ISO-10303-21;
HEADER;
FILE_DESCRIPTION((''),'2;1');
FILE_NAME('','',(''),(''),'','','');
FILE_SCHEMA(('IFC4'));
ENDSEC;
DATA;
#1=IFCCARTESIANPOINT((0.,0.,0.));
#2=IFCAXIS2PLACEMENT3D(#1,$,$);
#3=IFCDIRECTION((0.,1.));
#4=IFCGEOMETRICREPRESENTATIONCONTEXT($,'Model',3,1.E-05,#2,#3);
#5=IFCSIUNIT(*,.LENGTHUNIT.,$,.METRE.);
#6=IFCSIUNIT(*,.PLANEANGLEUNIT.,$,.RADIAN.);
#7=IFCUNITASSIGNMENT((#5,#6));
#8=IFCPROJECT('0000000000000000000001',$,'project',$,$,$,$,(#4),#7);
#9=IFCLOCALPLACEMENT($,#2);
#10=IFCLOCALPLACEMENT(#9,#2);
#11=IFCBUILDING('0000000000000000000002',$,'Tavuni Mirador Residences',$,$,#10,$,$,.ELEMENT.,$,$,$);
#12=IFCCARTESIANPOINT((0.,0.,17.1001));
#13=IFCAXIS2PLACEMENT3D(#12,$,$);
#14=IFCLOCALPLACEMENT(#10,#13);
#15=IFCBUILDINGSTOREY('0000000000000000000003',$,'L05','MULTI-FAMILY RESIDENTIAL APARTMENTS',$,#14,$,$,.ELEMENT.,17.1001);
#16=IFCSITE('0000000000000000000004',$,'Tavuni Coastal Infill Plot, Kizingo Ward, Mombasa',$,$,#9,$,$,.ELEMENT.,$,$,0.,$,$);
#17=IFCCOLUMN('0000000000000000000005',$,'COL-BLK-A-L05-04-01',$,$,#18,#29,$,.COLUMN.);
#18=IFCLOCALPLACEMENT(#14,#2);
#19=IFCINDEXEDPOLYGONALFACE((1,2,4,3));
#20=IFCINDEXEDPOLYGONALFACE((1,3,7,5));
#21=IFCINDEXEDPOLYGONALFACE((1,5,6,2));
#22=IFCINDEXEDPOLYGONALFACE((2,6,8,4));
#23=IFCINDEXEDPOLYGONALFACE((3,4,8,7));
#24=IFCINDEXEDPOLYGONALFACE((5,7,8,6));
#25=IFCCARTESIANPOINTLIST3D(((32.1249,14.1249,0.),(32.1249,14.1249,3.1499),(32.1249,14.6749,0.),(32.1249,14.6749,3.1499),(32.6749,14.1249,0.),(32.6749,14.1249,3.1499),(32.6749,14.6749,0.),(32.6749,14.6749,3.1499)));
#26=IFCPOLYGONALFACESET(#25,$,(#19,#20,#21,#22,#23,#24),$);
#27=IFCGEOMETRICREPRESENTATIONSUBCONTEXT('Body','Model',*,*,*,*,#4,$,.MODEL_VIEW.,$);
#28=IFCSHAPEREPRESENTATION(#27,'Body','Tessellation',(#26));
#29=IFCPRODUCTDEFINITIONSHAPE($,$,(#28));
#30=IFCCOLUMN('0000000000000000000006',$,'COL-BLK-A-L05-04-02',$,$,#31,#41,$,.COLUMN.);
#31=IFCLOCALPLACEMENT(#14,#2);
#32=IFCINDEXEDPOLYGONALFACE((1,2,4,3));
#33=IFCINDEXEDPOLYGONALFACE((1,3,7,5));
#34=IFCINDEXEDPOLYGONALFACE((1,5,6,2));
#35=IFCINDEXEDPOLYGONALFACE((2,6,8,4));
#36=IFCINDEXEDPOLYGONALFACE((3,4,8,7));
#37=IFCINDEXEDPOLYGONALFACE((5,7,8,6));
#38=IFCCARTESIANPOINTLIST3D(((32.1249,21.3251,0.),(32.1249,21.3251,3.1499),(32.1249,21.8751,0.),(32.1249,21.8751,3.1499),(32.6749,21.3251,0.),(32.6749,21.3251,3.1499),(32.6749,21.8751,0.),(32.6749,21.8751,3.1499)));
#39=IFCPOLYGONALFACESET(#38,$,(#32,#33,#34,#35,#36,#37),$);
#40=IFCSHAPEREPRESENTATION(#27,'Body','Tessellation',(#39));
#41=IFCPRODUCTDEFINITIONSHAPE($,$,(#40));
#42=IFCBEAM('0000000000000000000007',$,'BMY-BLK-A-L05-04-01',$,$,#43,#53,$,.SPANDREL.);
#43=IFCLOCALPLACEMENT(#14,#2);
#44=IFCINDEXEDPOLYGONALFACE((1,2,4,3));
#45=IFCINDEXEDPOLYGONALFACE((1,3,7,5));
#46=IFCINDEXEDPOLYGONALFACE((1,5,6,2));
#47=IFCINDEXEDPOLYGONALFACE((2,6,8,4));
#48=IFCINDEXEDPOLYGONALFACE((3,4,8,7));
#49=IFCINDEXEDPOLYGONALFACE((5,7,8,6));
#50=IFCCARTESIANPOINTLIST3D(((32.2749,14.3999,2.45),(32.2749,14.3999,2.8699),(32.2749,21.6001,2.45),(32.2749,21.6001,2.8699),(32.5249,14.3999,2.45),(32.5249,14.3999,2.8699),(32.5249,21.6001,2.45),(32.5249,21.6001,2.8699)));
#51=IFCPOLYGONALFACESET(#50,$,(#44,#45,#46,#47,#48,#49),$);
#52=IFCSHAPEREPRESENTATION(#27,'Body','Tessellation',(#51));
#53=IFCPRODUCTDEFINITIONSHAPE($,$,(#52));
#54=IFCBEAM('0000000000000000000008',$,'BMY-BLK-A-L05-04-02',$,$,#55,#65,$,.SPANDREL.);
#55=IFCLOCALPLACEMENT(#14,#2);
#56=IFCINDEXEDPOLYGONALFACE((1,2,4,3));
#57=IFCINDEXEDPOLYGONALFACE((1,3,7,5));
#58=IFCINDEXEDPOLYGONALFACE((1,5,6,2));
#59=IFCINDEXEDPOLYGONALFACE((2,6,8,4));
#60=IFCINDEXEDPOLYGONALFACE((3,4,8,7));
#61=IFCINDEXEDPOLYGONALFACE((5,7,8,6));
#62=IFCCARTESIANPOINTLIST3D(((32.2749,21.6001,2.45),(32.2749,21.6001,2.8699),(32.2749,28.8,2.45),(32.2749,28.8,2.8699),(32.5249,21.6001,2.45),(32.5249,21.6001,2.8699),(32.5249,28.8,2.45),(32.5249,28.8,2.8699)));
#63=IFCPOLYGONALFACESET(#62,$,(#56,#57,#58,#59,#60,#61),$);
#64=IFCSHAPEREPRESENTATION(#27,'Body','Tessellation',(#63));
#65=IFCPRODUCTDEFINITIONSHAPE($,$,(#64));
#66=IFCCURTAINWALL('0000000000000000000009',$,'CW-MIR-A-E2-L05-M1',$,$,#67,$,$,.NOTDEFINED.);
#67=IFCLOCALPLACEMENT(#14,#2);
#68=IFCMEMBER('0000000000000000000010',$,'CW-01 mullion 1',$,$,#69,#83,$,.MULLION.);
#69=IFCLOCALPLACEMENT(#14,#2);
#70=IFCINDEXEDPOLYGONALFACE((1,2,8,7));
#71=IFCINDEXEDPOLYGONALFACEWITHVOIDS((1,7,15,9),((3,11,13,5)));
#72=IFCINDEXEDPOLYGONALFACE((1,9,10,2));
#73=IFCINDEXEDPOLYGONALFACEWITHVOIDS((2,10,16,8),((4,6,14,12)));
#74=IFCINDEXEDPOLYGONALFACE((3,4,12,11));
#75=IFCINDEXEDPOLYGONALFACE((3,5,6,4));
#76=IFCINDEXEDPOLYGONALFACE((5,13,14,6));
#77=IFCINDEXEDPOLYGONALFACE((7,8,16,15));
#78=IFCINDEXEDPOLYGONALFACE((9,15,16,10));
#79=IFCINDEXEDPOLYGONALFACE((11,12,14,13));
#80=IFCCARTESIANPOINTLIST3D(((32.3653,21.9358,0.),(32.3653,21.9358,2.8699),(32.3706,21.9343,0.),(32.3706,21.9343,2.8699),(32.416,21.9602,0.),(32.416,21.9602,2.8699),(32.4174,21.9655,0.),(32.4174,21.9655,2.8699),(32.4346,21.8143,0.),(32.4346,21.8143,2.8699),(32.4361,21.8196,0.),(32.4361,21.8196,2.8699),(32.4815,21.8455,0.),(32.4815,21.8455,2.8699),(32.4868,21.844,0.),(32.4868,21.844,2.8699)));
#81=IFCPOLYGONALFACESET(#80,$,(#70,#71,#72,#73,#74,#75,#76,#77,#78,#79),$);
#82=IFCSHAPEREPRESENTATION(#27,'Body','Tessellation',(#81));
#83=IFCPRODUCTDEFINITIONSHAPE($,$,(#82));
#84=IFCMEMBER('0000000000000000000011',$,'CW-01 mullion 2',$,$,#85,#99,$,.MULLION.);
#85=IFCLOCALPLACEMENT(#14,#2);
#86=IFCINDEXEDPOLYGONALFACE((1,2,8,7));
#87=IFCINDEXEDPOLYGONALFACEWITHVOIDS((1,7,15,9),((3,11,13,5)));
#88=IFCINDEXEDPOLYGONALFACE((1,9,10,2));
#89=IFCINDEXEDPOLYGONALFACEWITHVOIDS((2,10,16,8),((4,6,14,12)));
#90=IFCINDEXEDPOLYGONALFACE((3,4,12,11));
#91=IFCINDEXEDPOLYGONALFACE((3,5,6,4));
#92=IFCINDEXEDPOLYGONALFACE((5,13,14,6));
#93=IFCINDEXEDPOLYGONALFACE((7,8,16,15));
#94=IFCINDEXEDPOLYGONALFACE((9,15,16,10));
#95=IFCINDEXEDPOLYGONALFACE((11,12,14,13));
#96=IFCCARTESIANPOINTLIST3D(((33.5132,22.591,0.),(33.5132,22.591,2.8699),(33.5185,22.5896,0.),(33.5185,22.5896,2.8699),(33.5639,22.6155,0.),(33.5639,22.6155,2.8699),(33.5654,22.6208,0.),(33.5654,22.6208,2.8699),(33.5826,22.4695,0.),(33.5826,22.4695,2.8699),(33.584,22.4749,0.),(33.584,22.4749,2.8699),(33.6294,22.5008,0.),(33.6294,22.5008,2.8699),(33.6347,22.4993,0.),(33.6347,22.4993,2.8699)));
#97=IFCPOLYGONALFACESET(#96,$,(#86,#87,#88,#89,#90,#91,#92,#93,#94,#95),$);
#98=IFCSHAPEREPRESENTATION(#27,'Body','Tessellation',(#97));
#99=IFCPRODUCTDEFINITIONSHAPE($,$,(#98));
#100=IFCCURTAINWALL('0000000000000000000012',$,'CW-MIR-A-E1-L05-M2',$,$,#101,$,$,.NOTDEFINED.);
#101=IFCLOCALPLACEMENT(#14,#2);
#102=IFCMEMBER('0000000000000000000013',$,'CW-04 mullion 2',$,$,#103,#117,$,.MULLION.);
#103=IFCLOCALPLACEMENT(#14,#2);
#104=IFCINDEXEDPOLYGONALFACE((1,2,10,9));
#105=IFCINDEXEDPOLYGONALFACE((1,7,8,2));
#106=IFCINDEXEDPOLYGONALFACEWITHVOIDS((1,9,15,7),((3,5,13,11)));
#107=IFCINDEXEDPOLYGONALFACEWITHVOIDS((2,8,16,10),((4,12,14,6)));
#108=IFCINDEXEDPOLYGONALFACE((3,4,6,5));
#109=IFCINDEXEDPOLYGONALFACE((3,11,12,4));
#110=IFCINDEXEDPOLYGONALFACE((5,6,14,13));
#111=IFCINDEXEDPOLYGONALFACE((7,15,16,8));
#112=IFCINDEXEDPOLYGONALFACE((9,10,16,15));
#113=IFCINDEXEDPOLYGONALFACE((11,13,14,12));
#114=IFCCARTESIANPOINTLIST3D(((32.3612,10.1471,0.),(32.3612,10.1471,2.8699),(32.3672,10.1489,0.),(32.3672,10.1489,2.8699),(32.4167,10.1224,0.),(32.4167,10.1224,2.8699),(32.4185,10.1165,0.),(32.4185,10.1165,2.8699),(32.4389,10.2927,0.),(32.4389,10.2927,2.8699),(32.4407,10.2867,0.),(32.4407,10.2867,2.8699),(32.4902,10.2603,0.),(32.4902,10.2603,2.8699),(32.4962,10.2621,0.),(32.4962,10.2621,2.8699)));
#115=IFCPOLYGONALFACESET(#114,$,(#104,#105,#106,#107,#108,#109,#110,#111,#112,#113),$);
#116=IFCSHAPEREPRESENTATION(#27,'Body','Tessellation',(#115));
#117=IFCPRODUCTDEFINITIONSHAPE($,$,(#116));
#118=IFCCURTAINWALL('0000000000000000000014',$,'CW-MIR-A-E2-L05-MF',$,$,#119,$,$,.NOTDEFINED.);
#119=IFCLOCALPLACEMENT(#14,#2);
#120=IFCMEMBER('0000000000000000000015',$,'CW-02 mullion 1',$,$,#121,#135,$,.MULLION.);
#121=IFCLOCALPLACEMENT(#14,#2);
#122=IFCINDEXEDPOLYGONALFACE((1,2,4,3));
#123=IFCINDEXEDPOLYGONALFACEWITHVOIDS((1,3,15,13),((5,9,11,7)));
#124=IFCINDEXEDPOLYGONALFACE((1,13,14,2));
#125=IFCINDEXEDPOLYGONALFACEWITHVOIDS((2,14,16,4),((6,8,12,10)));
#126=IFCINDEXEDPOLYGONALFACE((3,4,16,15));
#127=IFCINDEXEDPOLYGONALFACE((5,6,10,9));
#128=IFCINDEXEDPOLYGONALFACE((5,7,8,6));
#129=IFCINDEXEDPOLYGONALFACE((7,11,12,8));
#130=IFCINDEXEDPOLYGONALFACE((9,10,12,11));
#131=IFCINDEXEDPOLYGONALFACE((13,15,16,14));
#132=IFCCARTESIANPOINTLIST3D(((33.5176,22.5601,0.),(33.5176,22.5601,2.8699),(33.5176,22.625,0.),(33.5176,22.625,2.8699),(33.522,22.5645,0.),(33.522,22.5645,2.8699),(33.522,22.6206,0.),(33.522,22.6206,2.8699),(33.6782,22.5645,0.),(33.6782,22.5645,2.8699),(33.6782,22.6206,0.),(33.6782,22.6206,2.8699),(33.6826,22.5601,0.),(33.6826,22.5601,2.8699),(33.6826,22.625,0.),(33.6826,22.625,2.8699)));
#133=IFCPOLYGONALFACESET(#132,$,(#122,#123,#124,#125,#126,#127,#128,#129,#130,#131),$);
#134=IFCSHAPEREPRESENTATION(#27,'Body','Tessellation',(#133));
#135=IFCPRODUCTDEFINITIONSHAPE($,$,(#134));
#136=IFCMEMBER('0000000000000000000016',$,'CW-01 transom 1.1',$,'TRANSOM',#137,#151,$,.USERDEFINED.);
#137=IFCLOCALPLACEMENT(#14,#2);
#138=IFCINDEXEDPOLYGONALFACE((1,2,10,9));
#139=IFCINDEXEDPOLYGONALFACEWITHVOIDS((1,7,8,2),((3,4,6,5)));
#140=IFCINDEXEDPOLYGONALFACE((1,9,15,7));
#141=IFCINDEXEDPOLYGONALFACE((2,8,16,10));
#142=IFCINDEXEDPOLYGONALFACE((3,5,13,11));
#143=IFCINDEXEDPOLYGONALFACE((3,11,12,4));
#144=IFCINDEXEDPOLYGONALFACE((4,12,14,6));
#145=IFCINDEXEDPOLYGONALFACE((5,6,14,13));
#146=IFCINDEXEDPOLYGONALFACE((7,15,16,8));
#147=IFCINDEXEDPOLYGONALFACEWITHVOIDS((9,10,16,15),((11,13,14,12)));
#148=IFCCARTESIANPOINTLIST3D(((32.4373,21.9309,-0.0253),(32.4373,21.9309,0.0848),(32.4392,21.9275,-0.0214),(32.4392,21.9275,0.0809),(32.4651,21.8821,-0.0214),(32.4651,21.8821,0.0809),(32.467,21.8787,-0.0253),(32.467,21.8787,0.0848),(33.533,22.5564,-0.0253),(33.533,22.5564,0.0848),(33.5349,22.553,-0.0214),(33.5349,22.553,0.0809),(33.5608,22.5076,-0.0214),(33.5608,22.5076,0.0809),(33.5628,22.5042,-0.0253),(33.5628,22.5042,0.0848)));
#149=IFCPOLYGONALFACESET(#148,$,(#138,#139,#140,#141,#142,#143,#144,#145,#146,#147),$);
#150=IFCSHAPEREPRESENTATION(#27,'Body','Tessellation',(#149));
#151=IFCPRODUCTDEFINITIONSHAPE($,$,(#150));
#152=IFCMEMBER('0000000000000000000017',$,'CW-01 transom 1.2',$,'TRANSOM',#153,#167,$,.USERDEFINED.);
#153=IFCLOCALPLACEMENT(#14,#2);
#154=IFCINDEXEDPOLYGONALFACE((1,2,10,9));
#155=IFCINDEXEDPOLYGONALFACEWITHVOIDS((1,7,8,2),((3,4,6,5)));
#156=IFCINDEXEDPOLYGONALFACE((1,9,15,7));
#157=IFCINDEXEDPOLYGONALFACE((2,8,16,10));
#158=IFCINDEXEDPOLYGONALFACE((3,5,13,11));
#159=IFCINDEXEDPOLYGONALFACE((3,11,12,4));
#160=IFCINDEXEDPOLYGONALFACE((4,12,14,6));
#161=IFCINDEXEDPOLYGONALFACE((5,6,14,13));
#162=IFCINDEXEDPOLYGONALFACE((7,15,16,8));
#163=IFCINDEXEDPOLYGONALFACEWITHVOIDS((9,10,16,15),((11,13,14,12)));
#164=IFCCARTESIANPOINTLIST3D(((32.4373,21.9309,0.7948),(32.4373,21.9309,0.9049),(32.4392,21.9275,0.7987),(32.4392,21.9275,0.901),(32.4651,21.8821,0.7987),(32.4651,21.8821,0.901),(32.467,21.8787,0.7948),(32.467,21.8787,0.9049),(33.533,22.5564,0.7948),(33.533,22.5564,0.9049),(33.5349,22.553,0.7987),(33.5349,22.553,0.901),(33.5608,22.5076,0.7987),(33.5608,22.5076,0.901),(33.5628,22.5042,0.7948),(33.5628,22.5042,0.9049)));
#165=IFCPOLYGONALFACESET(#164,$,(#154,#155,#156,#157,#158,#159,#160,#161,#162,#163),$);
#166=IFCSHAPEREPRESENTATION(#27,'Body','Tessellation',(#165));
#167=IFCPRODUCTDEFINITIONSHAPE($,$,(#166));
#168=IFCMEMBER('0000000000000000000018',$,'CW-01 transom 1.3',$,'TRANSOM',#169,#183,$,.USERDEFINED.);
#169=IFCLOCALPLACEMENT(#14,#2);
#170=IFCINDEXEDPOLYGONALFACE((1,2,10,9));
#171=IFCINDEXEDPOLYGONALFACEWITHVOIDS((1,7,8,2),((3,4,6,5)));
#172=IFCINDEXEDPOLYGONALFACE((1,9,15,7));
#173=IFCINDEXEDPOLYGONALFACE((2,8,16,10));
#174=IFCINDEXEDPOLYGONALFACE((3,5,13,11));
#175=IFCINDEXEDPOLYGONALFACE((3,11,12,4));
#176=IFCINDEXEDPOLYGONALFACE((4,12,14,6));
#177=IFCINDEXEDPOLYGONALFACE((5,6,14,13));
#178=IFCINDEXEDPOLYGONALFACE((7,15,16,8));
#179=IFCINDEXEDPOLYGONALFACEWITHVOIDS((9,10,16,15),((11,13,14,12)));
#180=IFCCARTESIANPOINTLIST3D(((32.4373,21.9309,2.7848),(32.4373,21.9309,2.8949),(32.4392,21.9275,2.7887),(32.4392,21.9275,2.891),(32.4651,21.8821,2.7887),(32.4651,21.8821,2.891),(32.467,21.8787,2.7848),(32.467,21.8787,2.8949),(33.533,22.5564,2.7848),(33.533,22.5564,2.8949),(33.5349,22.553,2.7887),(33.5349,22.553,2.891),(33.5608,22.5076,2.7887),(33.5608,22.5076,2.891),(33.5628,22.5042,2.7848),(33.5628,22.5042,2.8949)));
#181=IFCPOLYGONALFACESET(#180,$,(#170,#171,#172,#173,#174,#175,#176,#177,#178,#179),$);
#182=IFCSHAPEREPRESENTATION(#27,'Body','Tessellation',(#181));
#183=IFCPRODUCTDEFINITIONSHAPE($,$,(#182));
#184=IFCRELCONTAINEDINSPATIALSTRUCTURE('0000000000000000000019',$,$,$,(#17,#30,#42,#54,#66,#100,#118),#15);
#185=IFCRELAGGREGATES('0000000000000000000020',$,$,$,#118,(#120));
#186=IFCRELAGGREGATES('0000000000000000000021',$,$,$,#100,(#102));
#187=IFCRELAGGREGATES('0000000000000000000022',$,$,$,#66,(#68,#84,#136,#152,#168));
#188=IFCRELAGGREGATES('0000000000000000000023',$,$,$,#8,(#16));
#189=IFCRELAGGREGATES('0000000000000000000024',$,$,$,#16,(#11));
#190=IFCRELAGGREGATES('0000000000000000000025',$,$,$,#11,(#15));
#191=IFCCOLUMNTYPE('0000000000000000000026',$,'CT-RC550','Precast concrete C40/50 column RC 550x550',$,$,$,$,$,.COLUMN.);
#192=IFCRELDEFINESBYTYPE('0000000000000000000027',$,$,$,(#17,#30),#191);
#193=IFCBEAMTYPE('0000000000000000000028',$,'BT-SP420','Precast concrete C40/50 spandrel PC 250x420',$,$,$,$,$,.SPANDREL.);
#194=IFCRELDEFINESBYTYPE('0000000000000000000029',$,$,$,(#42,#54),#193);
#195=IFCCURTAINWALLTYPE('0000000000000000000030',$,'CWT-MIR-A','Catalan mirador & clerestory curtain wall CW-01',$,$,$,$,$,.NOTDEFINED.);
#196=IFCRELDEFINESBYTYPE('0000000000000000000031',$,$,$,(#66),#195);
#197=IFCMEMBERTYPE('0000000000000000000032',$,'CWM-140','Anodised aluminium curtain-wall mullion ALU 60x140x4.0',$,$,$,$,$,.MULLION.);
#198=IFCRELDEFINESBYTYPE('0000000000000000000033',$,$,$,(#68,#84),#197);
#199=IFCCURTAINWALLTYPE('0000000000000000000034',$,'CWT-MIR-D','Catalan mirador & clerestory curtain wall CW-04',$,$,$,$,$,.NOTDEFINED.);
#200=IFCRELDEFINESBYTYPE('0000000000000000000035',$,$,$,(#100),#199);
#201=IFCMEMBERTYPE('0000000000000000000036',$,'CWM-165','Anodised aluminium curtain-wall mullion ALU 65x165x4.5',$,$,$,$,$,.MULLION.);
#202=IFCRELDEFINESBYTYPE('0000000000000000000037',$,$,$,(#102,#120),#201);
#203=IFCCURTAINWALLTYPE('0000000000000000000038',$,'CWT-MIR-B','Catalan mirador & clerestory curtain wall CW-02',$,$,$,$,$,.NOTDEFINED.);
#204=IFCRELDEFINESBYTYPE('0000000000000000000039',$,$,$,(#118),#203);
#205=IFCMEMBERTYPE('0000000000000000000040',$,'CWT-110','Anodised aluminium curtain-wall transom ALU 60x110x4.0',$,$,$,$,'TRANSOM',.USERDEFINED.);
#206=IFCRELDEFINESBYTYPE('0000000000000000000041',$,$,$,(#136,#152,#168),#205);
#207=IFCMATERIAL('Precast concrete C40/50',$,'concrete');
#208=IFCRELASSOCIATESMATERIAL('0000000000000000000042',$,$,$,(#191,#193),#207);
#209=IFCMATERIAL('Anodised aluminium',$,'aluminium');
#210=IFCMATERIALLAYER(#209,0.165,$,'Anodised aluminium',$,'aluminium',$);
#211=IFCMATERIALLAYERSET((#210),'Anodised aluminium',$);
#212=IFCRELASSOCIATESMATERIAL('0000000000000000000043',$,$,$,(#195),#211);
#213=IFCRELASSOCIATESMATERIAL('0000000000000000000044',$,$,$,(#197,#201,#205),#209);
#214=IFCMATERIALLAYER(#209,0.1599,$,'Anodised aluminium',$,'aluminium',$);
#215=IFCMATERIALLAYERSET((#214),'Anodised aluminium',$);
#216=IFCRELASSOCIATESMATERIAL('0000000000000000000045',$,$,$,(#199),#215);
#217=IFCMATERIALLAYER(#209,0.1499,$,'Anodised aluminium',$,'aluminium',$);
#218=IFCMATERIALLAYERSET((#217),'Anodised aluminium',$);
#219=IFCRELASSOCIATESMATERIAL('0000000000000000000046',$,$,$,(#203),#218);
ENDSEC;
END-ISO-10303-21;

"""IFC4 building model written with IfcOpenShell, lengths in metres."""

from ifc_helpers import new_model, si_unit, direction, frame, origin, origin_2d, place, context, subcontext, project, spatial, rectangle, hollow_rectangle, extrude, material, layer, layer_set, material_profile, profile_set, type_object, element, aggregate, save


model = new_model("IFC4")

# Units and contexts
model_context = context("Model", 3, precision=1e-05, world=origin(), true_north=direction((0.0, 1.0)))
body_context = subcontext(model_context, "Body", "Model", "MODEL_VIEW")
ifc_project = project(units=[si_unit("LENGTHUNIT", "METRE"), si_unit("PLANEANGLEUNIT", "RADIAN")], contexts=[model_context])

# Site, building, storey
site_placement = place(None, origin())
site = spatial("IfcSite", under=ifc_project, at=site_placement, Name="Tavuni Coastal Infill Plot, Kizingo Ward, Mombasa", CompositionType="ELEMENT", RefElevation=0.0)
building_placement = place(site_placement, origin())
building = spatial("IfcBuilding", under=site, at=building_placement, Name="Tavuni Mirador Residences", CompositionType="ELEMENT")
storey_placement = place(building_placement, frame((0.0, 0.0, 17.1001)))
storey = spatial("IfcBuildingStorey", under=building, at=storey_placement, Name="L05", Description="MULTI-FAMILY RESIDENTIAL APARTMENTS", CompositionType="ELEMENT", Elevation=17.1001)

# Columns
ifc_material_1 = material(Name="Precast concrete C40/50", Category="concrete")
ifc_material_profile_1 = material_profile(ifc_material_1, rectangle(XDim=0.55, YDim=0.55, at=origin_2d()), Name="RC 550x550", Category="concrete")
ifc_profile_set_1 = profile_set([ifc_material_profile_1], Name="Precast concrete C40/50")
column_type = type_object("IfcColumnType", Name="CT-RC550", Description="Precast concrete C40/50 column RC 550x550", PredefinedType="COLUMN", material=ifc_profile_set_1)
for number, where, z_axis, x_axis, name in (
    (1, (32.3999, 14.3999, 0.0), (0.0, 0.0, 1.0), (1.0, 0.0, 0.0), "COL-BLK-A-L05-04-01"),
    (2, (32.3999, 21.6001, 0.0), (0.0, 0.0, 1.0), (1.0, 0.0, 0.0), "COL-BLK-A-L05-04-02"),
):
    element("IfcColumn", number, at=place(storey_placement, frame(where, z_axis=z_axis, x_axis=x_axis)), inside=storey, type_object=column_type, Name=name, PredefinedType="COLUMN", context=body_context, shape_type="SweptSolid", body=[
        extrude(rectangle(XDim=0.55, YDim=0.55, at=origin_2d()), origin(), (0.0, 0.0, 1.0), 3.1499),
    ])

# Beams
ifc_material_profile_2 = material_profile(ifc_material_1, rectangle(XDim=0.25, YDim=0.4199, at=origin_2d()), Name="PC 250x420", Category="concrete")
ifc_profile_set_2 = profile_set([ifc_material_profile_2], Name="Precast concrete C40/50")
beam_type = type_object("IfcBeamType", Name="BT-SP420", Description="Precast concrete C40/50 spandrel PC 250x420", PredefinedType="SPANDREL", material=ifc_profile_set_2)
beam_1_placement = place(storey_placement, frame((32.3999, 14.3999, 2.6599), z_axis=(0.0, 1.0, 0.0), x_axis=(-1.0, 0.0, 0.0)))
element("IfcBeam", 3, at=beam_1_placement, inside=storey, type_object=beam_type, Name="BMY-BLK-A-L05-04-01", PredefinedType="SPANDREL", context=body_context, shape_type="SweptSolid", body=[
    extrude(rectangle(XDim=0.25, YDim=0.4199, at=origin_2d()), origin(), (0.0, 0.0, 1.0), 7.2002),
])
beam_2_placement = place(storey_placement, frame((32.3999, 21.6001, 2.6599), z_axis=(0.0, 1.0, 0.0), x_axis=(-1.0, 0.0, 0.0)))
element("IfcBeam", 4, at=beam_2_placement, inside=storey, type_object=beam_type, Name="BMY-BLK-A-L05-04-02", PredefinedType="SPANDREL", context=body_context, shape_type="SweptSolid", body=[
    extrude(rectangle(XDim=0.25, YDim=0.4199, at=origin_2d()), origin(), (0.0, 0.0, 1.0), 7.2),
])

# Curtain wall, members
ifc_material_2 = material(Name="Anodised aluminium", Category="aluminium")
ifc_layer_1 = layer(ifc_material_2, 0.165, Name="Anodised aluminium", Category="aluminium")
ifc_layer_set_1 = layer_set([ifc_layer_1], Name="Anodised aluminium")
curtain_wall_type_1 = type_object("IfcCurtainWallType", Name="CWT-MIR-A", Description="Catalan mirador & clerestory curtain wall CW-01", PredefinedType="NOTDEFINED", material=ifc_layer_set_1)
curtain_wall_1_placement = place(storey_placement, origin())
curtain_wall_1 = element("IfcCurtainWall", 5, at=curtain_wall_1_placement, inside=storey, type_object=curtain_wall_type_1, Name="CW-MIR-A-E2-L05-M1", PredefinedType="NOTDEFINED")
ifc_material_profile_3 = material_profile(ifc_material_2, hollow_rectangle(XDim=0.0601, YDim=0.1399, WallThickness=0.0039, at=origin_2d()), Name="ALU 60x140x4.0", Category="aluminium")
ifc_profile_set_3 = profile_set([ifc_material_profile_3], Name="Anodised aluminium")
member_type_1 = type_object("IfcMemberType", Name="CWM-140", Description="Anodised aluminium curtain-wall mullion ALU 60x140x4.0", PredefinedType="MULLION", material=ifc_profile_set_3)
member_1_placement = place(storey_placement, frame((32.426, 21.8899, 0.0), z_axis=(0.0, 0.0, 1.0), x_axis=(0.868466, 0.495749, 0.0)))
member_1 = element("IfcMember", 6, at=member_1_placement, type_object=member_type_1, Name="CW-01 mullion 1", PredefinedType="MULLION", context=body_context, shape_type="SweptSolid", body=[
    extrude(hollow_rectangle(XDim=0.0601, YDim=0.1399, WallThickness=0.0039, at=origin_2d()), origin(), (0.0, 0.0, 1.0), 2.8699),
])
member_2_placement = place(storey_placement, frame((33.574, 22.5452, 0.0), z_axis=(0.0, 0.0, 1.0), x_axis=(0.868466, 0.495749, 0.0)))
member_2 = element("IfcMember", 7, at=member_2_placement, type_object=member_type_1, Name="CW-01 mullion 2", PredefinedType="MULLION", context=body_context, shape_type="SweptSolid", body=[
    extrude(hollow_rectangle(XDim=0.0601, YDim=0.1399, WallThickness=0.0039, at=origin_2d()), origin(), (0.0, 0.0, 1.0), 2.8699),
])

# Curtain walls, members
ifc_layer_2 = layer(ifc_material_2, 0.1599, Name="Anodised aluminium", Category="aluminium")
ifc_layer_set_2 = layer_set([ifc_layer_2], Name="Anodised aluminium")
curtain_wall_type_2 = type_object("IfcCurtainWallType", Name="CWT-MIR-D", Description="Catalan mirador & clerestory curtain wall CW-04", PredefinedType="NOTDEFINED", material=ifc_layer_set_2)
curtain_wall_2_placement = place(storey_placement, origin())
curtain_wall_2 = element("IfcCurtainWall", 8, at=curtain_wall_2_placement, inside=storey, type_object=curtain_wall_type_2, Name="CW-MIR-A-E1-L05-M2", PredefinedType="NOTDEFINED")
ifc_material_profile_4 = material_profile(ifc_material_2, hollow_rectangle(XDim=0.0649, YDim=0.165, WallThickness=0.0044, at=origin_2d()), Name="ALU 65x165x4.5", Category="aluminium")
ifc_profile_set_4 = profile_set([ifc_material_profile_4], Name="Anodised aluminium")
member_type_2 = type_object("IfcMemberType", Name="CWM-165", Description="Anodised aluminium curtain-wall mullion ALU 65x165x4.5", PredefinedType="MULLION", material=ifc_profile_set_4)
member_3_placement = place(storey_placement, frame((32.4287, 10.2046, 0.0), z_axis=(0.0, 0.0, 1.0), x_axis=(-0.882353, 0.470588, 0.0)))
member_3 = element("IfcMember", 9, at=member_3_placement, type_object=member_type_2, Name="CW-04 mullion 2", PredefinedType="MULLION", context=body_context, shape_type="SweptSolid", body=[
    extrude(hollow_rectangle(XDim=0.0649, YDim=0.165, WallThickness=0.0044, at=origin_2d()), origin(), (0.0, 0.0, 1.0), 2.8699),
])
ifc_layer_3 = layer(ifc_material_2, 0.1499, Name="Anodised aluminium", Category="aluminium")
ifc_layer_set_3 = layer_set([ifc_layer_3], Name="Anodised aluminium")
curtain_wall_type_3 = type_object("IfcCurtainWallType", Name="CWT-MIR-B", Description="Catalan mirador & clerestory curtain wall CW-02", PredefinedType="NOTDEFINED", material=ifc_layer_set_3)
curtain_wall_3_placement = place(storey_placement, origin())
curtain_wall_3 = element("IfcCurtainWall", 10, at=curtain_wall_3_placement, inside=storey, type_object=curtain_wall_type_3, Name="CW-MIR-A-E2-L05-MF", PredefinedType="NOTDEFINED")
member_4_placement = place(storey_placement, frame((33.6001, 22.5925, 0.0), z_axis=(0.0, 0.0, 1.0), x_axis=(0.0, 1.0, 0.0)))
member_4 = element("IfcMember", 11, at=member_4_placement, type_object=member_type_2, Name="CW-02 mullion 1", PredefinedType="MULLION", context=body_context, shape_type="SweptSolid", body=[
    extrude(hollow_rectangle(XDim=0.0649, YDim=0.165, WallThickness=0.0044, at=origin_2d()), origin(), (0.0, 0.0, 1.0), 2.8699),
])
aggregate(curtain_wall_3, [member_4])

# Members
ifc_material_profile_5 = material_profile(ifc_material_2, hollow_rectangle(XDim=0.0601, YDim=0.1101, WallThickness=0.0039, at=origin_2d()), Name="ALU 60x110x4.0", Category="aluminium")
ifc_profile_set_5 = profile_set([ifc_material_profile_5], Name="Anodised aluminium")
member_type_3 = type_object("IfcMemberType", Name="CWT-110", Description="Anodised aluminium curtain-wall transom ALU 60x110x4.0", ElementType="TRANSOM", PredefinedType="USERDEFINED", material=ifc_profile_set_5)
member_5_placement = place(storey_placement, frame((32.4521, 21.9048, 0.0298), z_axis=(0.868457, 0.495764, 0.0), x_axis=(-0.495764, 0.868457, 0.0)))
member_5 = element("IfcMember", 12, at=member_5_placement, type_object=member_type_3, Name="CW-01 transom 1.1", ObjectType="TRANSOM", PredefinedType="USERDEFINED", context=body_context, shape_type="SweptSolid", body=[
    extrude(hollow_rectangle(XDim=0.0601, YDim=0.1101, WallThickness=0.0039, at=origin_2d()), origin(), (0.0, 0.0, 1.0), 1.2617),
])
member_6_placement = place(storey_placement, frame((32.4521, 21.9048, 0.8499), z_axis=(0.868457, 0.495764, 0.0), x_axis=(-0.495764, 0.868457, 0.0)))
member_6 = element("IfcMember", 13, at=member_6_placement, type_object=member_type_3, Name="CW-01 transom 1.2", ObjectType="TRANSOM", PredefinedType="USERDEFINED", context=body_context, shape_type="SweptSolid", body=[
    extrude(hollow_rectangle(XDim=0.0601, YDim=0.1101, WallThickness=0.0039, at=origin_2d()), origin(), (0.0, 0.0, 1.0), 1.2617),
])
member_7_placement = place(storey_placement, frame((32.4521, 21.9048, 2.8398), z_axis=(0.868457, 0.495764, 0.0), x_axis=(-0.495764, 0.868457, 0.0)))
member_7 = element("IfcMember", 14, at=member_7_placement, type_object=member_type_3, Name="CW-01 transom 1.3", ObjectType="TRANSOM", PredefinedType="USERDEFINED", context=body_context, shape_type="SweptSolid", body=[
    extrude(hollow_rectangle(XDim=0.0601, YDim=0.1101, WallThickness=0.0039, at=origin_2d()), origin(), (0.0, 0.0, 1.0), 1.2617),
])

aggregate(curtain_wall_2, [member_3])
aggregate(curtain_wall_1, [member_1, member_2, member_5, member_6, member_7])

save(model, "model.ifc")
